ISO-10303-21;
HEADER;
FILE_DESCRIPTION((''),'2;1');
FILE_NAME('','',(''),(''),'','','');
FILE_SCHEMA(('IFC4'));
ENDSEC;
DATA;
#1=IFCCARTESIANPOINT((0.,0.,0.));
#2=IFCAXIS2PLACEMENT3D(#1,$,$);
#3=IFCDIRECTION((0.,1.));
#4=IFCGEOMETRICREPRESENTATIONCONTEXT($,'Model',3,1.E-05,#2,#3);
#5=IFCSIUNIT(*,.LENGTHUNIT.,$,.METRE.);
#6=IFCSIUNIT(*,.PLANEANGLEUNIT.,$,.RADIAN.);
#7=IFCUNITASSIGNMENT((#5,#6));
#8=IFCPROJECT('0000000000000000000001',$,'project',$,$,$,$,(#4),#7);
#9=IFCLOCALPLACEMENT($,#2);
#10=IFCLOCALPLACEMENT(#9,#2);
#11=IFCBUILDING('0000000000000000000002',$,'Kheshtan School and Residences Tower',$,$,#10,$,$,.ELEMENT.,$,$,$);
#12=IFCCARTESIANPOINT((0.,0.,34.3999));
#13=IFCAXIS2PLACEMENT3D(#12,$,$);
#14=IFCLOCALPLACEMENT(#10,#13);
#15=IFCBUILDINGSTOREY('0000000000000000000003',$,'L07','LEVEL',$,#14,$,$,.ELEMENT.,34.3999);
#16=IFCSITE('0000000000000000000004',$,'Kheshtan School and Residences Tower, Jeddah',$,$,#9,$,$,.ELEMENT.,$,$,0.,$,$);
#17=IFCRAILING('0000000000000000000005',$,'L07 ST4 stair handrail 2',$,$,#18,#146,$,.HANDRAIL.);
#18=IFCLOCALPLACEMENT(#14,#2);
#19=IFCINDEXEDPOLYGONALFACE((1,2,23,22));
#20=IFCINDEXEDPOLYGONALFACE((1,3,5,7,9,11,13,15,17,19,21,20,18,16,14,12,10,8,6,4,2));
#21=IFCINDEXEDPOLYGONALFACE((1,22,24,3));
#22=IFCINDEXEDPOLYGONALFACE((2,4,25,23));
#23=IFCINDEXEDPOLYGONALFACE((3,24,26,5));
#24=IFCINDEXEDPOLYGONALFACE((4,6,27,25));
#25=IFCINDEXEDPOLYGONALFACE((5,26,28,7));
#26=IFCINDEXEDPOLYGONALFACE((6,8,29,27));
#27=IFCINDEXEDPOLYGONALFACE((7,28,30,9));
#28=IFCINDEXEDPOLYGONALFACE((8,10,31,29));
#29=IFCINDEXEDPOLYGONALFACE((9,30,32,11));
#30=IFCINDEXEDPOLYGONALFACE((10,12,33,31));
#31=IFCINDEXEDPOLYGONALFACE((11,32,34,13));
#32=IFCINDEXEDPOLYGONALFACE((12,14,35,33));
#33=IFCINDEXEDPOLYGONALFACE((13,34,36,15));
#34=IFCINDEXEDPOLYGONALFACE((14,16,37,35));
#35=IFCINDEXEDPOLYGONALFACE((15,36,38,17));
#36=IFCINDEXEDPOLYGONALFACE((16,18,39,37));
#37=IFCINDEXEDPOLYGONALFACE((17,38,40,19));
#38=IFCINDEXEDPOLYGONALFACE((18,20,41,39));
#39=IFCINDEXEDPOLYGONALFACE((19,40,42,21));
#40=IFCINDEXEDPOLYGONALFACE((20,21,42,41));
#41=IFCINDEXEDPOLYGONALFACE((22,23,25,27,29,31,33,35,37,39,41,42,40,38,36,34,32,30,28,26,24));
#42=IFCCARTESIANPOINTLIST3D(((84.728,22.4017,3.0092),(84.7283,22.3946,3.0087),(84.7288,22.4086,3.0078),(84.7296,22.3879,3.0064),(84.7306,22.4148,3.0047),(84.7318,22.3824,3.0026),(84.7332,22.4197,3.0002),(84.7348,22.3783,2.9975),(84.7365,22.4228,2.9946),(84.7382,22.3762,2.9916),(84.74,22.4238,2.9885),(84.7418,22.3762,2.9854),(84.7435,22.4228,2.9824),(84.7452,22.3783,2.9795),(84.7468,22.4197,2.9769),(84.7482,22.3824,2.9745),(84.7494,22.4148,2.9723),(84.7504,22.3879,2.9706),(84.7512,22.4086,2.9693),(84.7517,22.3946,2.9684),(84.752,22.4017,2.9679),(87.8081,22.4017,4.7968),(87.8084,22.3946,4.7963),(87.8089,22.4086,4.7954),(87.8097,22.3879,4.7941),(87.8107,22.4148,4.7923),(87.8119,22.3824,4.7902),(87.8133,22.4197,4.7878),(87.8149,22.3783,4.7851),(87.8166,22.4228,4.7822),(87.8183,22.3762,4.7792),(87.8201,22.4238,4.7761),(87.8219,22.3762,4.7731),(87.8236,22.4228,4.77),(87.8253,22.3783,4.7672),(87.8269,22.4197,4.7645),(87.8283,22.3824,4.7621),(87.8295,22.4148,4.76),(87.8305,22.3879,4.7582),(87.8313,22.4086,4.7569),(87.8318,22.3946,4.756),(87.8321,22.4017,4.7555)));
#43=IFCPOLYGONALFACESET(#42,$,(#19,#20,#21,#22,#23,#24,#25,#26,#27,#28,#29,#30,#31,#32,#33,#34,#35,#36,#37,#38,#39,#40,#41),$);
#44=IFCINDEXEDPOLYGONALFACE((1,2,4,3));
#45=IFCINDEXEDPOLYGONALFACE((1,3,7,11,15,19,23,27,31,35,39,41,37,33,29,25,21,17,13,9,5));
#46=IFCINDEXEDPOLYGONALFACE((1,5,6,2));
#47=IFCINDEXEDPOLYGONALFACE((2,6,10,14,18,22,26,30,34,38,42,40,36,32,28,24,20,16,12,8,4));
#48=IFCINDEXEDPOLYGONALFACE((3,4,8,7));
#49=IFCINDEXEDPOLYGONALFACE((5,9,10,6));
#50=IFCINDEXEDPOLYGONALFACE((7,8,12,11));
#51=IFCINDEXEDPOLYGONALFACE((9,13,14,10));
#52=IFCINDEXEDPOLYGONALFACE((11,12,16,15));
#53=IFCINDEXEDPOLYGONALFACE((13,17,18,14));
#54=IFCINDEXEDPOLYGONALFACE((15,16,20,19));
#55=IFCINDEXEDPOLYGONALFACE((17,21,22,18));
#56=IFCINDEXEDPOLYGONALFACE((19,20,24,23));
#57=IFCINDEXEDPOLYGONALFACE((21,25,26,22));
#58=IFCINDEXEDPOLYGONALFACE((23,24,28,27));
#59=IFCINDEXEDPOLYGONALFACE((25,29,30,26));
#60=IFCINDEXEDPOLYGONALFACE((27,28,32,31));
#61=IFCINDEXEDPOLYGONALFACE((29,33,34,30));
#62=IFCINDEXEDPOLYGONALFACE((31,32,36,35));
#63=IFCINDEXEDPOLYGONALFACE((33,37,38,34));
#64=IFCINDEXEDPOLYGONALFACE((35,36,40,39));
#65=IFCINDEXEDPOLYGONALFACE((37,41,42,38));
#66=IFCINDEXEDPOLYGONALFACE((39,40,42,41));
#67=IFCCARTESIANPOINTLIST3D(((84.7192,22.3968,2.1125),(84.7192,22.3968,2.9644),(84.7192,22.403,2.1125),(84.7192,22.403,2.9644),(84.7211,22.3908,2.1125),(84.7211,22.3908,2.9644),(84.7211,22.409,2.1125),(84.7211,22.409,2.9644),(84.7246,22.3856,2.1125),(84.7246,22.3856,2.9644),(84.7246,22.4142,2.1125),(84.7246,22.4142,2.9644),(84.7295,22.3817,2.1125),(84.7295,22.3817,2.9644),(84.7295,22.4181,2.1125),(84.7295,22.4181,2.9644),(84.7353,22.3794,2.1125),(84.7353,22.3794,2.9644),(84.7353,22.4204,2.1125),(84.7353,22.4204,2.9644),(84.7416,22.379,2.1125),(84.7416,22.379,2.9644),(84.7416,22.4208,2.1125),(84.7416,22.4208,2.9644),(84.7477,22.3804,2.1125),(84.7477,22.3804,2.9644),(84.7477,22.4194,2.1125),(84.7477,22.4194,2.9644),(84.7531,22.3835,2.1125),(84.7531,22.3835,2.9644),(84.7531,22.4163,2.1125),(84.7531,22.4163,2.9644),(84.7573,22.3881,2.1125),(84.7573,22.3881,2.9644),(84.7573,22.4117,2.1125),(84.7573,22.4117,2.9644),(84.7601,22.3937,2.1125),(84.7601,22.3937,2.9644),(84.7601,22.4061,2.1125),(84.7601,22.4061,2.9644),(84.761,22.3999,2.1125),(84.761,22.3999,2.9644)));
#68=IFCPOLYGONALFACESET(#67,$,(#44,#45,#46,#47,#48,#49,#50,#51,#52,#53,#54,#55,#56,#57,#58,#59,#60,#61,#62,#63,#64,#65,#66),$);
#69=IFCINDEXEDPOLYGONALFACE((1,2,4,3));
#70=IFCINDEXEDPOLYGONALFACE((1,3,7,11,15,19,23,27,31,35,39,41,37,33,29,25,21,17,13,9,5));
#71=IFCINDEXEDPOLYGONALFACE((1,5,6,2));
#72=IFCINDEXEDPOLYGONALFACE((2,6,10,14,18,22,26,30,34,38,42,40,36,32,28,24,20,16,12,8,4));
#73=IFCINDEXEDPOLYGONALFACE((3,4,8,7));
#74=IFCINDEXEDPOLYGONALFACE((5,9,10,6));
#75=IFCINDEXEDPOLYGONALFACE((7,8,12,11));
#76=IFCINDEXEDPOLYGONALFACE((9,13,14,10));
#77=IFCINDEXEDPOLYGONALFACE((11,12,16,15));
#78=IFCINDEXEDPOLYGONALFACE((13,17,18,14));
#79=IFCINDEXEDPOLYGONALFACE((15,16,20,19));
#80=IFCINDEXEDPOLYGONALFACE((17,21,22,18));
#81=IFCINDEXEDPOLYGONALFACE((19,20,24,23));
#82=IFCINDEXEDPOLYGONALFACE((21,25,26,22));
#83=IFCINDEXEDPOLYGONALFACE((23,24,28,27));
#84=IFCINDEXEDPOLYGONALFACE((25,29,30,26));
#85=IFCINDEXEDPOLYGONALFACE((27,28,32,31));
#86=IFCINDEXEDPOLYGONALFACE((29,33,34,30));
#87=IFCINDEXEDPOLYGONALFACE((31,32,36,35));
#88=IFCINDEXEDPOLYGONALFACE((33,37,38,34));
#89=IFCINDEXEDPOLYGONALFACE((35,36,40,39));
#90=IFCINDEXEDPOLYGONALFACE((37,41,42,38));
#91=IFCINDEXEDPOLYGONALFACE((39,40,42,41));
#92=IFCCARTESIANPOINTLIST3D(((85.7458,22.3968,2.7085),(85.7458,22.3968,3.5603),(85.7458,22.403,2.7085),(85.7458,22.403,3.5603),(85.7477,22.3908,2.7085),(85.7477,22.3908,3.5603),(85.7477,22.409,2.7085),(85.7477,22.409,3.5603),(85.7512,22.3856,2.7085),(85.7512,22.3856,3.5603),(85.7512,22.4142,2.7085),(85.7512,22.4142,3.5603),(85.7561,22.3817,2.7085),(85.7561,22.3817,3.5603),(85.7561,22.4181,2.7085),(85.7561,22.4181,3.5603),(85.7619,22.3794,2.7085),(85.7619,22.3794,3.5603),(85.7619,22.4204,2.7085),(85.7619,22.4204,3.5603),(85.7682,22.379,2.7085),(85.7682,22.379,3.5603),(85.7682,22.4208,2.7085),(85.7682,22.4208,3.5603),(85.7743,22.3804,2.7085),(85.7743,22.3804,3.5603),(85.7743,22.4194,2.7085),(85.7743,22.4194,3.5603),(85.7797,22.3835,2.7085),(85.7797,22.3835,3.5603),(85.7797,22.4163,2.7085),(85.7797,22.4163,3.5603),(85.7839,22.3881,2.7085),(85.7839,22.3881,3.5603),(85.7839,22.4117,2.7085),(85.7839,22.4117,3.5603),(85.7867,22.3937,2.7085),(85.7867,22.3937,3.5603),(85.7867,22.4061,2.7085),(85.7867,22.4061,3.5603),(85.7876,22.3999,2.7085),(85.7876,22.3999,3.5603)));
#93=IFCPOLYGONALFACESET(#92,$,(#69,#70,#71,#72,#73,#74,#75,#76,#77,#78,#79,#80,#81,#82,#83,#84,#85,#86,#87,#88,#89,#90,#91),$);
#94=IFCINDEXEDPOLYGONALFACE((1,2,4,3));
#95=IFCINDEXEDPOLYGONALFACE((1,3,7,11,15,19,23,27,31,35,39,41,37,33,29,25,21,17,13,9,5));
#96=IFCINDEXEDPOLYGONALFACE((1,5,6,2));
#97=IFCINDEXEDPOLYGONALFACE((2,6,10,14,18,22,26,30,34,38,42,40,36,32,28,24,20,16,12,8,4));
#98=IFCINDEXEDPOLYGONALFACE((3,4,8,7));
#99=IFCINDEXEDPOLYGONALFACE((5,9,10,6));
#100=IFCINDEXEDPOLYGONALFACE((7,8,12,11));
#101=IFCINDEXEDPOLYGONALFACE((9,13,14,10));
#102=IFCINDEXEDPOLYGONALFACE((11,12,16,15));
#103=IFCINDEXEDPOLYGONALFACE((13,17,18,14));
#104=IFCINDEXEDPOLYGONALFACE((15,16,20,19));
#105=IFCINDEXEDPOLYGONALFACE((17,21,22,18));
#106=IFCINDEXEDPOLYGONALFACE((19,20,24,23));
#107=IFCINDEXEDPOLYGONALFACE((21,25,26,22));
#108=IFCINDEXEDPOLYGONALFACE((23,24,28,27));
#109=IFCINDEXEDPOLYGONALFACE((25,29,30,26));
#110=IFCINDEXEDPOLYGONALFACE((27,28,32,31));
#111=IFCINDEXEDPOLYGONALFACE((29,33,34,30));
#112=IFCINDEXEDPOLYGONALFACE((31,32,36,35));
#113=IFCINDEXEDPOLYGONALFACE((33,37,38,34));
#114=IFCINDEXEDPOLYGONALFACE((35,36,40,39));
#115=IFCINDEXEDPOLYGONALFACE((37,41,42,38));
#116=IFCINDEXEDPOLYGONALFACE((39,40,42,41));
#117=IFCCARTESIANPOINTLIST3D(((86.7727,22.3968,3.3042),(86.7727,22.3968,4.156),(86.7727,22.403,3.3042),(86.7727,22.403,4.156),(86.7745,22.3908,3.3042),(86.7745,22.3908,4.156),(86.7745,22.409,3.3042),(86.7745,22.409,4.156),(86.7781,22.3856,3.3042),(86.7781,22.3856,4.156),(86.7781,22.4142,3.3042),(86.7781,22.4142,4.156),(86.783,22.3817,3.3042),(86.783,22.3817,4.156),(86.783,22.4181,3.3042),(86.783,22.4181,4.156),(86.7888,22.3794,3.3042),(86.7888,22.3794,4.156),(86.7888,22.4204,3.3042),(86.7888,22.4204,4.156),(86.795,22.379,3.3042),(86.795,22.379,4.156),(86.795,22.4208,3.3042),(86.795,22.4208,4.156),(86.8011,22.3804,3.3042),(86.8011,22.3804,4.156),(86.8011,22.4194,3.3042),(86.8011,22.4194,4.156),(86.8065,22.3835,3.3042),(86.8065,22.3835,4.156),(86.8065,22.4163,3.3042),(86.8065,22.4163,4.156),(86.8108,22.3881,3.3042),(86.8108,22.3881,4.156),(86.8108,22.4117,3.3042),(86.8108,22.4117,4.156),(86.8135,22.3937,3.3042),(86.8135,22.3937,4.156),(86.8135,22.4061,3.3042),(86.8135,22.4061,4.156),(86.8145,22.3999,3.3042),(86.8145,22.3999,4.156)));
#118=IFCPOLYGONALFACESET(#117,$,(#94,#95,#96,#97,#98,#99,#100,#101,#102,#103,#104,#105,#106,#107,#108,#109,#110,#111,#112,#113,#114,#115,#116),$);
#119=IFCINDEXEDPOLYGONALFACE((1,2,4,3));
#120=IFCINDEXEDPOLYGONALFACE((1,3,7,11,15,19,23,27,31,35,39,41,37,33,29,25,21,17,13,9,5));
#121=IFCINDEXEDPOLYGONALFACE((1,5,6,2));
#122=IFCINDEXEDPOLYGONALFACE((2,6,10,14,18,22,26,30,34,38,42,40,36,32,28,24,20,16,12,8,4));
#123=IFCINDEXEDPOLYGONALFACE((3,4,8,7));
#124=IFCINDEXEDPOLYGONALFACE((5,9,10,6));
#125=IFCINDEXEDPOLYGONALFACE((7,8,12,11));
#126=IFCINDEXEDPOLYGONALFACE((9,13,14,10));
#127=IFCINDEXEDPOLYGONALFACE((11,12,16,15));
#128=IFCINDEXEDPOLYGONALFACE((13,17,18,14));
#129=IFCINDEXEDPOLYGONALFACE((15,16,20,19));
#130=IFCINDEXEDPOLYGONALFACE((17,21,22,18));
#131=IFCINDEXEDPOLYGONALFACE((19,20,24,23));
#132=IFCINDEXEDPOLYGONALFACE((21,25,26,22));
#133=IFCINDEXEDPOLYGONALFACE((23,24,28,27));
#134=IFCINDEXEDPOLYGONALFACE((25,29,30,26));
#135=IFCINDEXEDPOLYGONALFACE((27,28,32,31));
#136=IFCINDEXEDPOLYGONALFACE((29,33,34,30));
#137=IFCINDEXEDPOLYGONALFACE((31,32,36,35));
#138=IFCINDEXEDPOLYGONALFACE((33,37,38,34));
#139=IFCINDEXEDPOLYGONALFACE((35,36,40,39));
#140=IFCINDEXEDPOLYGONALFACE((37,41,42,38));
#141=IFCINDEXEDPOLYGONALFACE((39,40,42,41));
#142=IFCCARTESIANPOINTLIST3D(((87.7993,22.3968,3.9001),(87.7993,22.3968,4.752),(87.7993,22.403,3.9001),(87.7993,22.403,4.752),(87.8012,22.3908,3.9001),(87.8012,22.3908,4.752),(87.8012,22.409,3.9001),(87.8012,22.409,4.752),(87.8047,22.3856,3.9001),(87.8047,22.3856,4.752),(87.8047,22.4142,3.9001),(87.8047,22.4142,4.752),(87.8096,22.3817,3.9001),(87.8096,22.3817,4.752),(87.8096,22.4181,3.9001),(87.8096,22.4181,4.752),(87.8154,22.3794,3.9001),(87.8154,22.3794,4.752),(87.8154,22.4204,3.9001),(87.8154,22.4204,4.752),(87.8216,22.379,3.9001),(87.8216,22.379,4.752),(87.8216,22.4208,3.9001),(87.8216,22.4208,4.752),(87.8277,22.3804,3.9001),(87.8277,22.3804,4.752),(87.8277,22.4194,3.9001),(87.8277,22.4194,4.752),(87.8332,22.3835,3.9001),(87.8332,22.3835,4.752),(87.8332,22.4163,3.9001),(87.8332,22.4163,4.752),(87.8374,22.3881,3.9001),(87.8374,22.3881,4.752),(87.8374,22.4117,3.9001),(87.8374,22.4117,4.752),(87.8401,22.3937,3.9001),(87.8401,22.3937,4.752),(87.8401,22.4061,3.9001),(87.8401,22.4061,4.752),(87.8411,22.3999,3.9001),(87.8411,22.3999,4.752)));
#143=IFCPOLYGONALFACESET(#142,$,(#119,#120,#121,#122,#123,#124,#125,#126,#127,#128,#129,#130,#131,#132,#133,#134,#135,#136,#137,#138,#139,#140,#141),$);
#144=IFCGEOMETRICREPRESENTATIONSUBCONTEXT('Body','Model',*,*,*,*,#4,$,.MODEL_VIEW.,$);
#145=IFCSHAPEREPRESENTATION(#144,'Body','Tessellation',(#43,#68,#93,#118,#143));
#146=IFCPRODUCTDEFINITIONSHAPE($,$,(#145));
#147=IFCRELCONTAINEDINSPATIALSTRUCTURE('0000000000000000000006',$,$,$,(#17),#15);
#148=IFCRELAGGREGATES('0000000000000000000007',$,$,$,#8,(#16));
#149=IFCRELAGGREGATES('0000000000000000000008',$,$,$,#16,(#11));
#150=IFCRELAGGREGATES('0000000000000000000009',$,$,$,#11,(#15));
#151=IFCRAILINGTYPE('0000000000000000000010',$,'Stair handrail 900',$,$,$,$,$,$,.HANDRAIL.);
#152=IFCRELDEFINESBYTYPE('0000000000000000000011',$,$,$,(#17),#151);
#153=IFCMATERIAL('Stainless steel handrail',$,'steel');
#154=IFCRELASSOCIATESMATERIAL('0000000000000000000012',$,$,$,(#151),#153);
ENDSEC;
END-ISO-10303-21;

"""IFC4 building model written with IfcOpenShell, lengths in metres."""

from ifc_helpers import new_model, si_unit, direction, frame, origin, origin_2d, place, context, subcontext, project, spatial, circle, extrude, material, type_object, element, save


model = new_model("IFC4")

# Units and contexts
model_context = context("Model", 3, precision=1e-05, world=origin(), true_north=direction((0.0, 1.0)))
body_context = subcontext(model_context, "Body", "Model", "MODEL_VIEW")
ifc_project = project(units=[si_unit("LENGTHUNIT", "METRE"), si_unit("PLANEANGLEUNIT", "RADIAN")], contexts=[model_context])

# Site, building, storey
site_placement = place(None, origin())
site = spatial("IfcSite", under=ifc_project, at=site_placement, Name="Kheshtan School and Residences Tower, Jeddah", CompositionType="ELEMENT", RefElevation=0.0)
building_placement = place(site_placement, origin())
building = spatial("IfcBuilding", under=site, at=building_placement, Name="Kheshtan School and Residences Tower", CompositionType="ELEMENT")
storey_placement = place(building_placement, frame((0.0, 0.0, 34.3999)))
storey = spatial("IfcBuildingStorey", under=building, at=storey_placement, Name="L07", Description="LEVEL", CompositionType="ELEMENT", Elevation=34.3999)

# Railing
ifc_material_1 = material(Name="Stainless steel handrail", Category="steel")
railing_type_1 = type_object("IfcRailingType", Name="Stair handrail 900", PredefinedType="HANDRAIL", material=ifc_material_1)
railing_1_placement = place(storey_placement, frame((84.74, 22.3999, 2.1125)))
element("IfcRailing", 1, at=railing_1_placement, inside=storey, type_object=railing_type_1, Name="L07 ST4 stair handrail 2", PredefinedType="HANDRAIL", context=body_context, shape_type="SweptSolid", body=[
    extrude(circle(Radius=0.0239, at=origin_2d()), frame((0.0, 0.0, 0.876), z_axis=(0.864891, 0.0, 0.50196), x_axis=(0.0, 1.0, 0.0)), (0.0, 0.0, 1.0), 3.5613),
    extrude(circle(Radius=0.021, at=origin_2d()), origin(), (0.0, 0.0, 1.0), 0.8518),
    extrude(circle(Radius=0.021, at=origin_2d()), frame((1.0266, 0.0, 0.5959)), (0.0, 0.0, 1.0), 0.8518),
    extrude(circle(Radius=0.021, at=origin_2d()), frame((2.0535, 0.0, 1.1917)), (0.0, 0.0, 1.0), 0.8518),
    extrude(circle(Radius=0.021, at=origin_2d()), frame((3.0801, 0.0, 1.7876)), (0.0, 0.0, 1.0), 0.8518),
])

save(model, "model.ifc")
